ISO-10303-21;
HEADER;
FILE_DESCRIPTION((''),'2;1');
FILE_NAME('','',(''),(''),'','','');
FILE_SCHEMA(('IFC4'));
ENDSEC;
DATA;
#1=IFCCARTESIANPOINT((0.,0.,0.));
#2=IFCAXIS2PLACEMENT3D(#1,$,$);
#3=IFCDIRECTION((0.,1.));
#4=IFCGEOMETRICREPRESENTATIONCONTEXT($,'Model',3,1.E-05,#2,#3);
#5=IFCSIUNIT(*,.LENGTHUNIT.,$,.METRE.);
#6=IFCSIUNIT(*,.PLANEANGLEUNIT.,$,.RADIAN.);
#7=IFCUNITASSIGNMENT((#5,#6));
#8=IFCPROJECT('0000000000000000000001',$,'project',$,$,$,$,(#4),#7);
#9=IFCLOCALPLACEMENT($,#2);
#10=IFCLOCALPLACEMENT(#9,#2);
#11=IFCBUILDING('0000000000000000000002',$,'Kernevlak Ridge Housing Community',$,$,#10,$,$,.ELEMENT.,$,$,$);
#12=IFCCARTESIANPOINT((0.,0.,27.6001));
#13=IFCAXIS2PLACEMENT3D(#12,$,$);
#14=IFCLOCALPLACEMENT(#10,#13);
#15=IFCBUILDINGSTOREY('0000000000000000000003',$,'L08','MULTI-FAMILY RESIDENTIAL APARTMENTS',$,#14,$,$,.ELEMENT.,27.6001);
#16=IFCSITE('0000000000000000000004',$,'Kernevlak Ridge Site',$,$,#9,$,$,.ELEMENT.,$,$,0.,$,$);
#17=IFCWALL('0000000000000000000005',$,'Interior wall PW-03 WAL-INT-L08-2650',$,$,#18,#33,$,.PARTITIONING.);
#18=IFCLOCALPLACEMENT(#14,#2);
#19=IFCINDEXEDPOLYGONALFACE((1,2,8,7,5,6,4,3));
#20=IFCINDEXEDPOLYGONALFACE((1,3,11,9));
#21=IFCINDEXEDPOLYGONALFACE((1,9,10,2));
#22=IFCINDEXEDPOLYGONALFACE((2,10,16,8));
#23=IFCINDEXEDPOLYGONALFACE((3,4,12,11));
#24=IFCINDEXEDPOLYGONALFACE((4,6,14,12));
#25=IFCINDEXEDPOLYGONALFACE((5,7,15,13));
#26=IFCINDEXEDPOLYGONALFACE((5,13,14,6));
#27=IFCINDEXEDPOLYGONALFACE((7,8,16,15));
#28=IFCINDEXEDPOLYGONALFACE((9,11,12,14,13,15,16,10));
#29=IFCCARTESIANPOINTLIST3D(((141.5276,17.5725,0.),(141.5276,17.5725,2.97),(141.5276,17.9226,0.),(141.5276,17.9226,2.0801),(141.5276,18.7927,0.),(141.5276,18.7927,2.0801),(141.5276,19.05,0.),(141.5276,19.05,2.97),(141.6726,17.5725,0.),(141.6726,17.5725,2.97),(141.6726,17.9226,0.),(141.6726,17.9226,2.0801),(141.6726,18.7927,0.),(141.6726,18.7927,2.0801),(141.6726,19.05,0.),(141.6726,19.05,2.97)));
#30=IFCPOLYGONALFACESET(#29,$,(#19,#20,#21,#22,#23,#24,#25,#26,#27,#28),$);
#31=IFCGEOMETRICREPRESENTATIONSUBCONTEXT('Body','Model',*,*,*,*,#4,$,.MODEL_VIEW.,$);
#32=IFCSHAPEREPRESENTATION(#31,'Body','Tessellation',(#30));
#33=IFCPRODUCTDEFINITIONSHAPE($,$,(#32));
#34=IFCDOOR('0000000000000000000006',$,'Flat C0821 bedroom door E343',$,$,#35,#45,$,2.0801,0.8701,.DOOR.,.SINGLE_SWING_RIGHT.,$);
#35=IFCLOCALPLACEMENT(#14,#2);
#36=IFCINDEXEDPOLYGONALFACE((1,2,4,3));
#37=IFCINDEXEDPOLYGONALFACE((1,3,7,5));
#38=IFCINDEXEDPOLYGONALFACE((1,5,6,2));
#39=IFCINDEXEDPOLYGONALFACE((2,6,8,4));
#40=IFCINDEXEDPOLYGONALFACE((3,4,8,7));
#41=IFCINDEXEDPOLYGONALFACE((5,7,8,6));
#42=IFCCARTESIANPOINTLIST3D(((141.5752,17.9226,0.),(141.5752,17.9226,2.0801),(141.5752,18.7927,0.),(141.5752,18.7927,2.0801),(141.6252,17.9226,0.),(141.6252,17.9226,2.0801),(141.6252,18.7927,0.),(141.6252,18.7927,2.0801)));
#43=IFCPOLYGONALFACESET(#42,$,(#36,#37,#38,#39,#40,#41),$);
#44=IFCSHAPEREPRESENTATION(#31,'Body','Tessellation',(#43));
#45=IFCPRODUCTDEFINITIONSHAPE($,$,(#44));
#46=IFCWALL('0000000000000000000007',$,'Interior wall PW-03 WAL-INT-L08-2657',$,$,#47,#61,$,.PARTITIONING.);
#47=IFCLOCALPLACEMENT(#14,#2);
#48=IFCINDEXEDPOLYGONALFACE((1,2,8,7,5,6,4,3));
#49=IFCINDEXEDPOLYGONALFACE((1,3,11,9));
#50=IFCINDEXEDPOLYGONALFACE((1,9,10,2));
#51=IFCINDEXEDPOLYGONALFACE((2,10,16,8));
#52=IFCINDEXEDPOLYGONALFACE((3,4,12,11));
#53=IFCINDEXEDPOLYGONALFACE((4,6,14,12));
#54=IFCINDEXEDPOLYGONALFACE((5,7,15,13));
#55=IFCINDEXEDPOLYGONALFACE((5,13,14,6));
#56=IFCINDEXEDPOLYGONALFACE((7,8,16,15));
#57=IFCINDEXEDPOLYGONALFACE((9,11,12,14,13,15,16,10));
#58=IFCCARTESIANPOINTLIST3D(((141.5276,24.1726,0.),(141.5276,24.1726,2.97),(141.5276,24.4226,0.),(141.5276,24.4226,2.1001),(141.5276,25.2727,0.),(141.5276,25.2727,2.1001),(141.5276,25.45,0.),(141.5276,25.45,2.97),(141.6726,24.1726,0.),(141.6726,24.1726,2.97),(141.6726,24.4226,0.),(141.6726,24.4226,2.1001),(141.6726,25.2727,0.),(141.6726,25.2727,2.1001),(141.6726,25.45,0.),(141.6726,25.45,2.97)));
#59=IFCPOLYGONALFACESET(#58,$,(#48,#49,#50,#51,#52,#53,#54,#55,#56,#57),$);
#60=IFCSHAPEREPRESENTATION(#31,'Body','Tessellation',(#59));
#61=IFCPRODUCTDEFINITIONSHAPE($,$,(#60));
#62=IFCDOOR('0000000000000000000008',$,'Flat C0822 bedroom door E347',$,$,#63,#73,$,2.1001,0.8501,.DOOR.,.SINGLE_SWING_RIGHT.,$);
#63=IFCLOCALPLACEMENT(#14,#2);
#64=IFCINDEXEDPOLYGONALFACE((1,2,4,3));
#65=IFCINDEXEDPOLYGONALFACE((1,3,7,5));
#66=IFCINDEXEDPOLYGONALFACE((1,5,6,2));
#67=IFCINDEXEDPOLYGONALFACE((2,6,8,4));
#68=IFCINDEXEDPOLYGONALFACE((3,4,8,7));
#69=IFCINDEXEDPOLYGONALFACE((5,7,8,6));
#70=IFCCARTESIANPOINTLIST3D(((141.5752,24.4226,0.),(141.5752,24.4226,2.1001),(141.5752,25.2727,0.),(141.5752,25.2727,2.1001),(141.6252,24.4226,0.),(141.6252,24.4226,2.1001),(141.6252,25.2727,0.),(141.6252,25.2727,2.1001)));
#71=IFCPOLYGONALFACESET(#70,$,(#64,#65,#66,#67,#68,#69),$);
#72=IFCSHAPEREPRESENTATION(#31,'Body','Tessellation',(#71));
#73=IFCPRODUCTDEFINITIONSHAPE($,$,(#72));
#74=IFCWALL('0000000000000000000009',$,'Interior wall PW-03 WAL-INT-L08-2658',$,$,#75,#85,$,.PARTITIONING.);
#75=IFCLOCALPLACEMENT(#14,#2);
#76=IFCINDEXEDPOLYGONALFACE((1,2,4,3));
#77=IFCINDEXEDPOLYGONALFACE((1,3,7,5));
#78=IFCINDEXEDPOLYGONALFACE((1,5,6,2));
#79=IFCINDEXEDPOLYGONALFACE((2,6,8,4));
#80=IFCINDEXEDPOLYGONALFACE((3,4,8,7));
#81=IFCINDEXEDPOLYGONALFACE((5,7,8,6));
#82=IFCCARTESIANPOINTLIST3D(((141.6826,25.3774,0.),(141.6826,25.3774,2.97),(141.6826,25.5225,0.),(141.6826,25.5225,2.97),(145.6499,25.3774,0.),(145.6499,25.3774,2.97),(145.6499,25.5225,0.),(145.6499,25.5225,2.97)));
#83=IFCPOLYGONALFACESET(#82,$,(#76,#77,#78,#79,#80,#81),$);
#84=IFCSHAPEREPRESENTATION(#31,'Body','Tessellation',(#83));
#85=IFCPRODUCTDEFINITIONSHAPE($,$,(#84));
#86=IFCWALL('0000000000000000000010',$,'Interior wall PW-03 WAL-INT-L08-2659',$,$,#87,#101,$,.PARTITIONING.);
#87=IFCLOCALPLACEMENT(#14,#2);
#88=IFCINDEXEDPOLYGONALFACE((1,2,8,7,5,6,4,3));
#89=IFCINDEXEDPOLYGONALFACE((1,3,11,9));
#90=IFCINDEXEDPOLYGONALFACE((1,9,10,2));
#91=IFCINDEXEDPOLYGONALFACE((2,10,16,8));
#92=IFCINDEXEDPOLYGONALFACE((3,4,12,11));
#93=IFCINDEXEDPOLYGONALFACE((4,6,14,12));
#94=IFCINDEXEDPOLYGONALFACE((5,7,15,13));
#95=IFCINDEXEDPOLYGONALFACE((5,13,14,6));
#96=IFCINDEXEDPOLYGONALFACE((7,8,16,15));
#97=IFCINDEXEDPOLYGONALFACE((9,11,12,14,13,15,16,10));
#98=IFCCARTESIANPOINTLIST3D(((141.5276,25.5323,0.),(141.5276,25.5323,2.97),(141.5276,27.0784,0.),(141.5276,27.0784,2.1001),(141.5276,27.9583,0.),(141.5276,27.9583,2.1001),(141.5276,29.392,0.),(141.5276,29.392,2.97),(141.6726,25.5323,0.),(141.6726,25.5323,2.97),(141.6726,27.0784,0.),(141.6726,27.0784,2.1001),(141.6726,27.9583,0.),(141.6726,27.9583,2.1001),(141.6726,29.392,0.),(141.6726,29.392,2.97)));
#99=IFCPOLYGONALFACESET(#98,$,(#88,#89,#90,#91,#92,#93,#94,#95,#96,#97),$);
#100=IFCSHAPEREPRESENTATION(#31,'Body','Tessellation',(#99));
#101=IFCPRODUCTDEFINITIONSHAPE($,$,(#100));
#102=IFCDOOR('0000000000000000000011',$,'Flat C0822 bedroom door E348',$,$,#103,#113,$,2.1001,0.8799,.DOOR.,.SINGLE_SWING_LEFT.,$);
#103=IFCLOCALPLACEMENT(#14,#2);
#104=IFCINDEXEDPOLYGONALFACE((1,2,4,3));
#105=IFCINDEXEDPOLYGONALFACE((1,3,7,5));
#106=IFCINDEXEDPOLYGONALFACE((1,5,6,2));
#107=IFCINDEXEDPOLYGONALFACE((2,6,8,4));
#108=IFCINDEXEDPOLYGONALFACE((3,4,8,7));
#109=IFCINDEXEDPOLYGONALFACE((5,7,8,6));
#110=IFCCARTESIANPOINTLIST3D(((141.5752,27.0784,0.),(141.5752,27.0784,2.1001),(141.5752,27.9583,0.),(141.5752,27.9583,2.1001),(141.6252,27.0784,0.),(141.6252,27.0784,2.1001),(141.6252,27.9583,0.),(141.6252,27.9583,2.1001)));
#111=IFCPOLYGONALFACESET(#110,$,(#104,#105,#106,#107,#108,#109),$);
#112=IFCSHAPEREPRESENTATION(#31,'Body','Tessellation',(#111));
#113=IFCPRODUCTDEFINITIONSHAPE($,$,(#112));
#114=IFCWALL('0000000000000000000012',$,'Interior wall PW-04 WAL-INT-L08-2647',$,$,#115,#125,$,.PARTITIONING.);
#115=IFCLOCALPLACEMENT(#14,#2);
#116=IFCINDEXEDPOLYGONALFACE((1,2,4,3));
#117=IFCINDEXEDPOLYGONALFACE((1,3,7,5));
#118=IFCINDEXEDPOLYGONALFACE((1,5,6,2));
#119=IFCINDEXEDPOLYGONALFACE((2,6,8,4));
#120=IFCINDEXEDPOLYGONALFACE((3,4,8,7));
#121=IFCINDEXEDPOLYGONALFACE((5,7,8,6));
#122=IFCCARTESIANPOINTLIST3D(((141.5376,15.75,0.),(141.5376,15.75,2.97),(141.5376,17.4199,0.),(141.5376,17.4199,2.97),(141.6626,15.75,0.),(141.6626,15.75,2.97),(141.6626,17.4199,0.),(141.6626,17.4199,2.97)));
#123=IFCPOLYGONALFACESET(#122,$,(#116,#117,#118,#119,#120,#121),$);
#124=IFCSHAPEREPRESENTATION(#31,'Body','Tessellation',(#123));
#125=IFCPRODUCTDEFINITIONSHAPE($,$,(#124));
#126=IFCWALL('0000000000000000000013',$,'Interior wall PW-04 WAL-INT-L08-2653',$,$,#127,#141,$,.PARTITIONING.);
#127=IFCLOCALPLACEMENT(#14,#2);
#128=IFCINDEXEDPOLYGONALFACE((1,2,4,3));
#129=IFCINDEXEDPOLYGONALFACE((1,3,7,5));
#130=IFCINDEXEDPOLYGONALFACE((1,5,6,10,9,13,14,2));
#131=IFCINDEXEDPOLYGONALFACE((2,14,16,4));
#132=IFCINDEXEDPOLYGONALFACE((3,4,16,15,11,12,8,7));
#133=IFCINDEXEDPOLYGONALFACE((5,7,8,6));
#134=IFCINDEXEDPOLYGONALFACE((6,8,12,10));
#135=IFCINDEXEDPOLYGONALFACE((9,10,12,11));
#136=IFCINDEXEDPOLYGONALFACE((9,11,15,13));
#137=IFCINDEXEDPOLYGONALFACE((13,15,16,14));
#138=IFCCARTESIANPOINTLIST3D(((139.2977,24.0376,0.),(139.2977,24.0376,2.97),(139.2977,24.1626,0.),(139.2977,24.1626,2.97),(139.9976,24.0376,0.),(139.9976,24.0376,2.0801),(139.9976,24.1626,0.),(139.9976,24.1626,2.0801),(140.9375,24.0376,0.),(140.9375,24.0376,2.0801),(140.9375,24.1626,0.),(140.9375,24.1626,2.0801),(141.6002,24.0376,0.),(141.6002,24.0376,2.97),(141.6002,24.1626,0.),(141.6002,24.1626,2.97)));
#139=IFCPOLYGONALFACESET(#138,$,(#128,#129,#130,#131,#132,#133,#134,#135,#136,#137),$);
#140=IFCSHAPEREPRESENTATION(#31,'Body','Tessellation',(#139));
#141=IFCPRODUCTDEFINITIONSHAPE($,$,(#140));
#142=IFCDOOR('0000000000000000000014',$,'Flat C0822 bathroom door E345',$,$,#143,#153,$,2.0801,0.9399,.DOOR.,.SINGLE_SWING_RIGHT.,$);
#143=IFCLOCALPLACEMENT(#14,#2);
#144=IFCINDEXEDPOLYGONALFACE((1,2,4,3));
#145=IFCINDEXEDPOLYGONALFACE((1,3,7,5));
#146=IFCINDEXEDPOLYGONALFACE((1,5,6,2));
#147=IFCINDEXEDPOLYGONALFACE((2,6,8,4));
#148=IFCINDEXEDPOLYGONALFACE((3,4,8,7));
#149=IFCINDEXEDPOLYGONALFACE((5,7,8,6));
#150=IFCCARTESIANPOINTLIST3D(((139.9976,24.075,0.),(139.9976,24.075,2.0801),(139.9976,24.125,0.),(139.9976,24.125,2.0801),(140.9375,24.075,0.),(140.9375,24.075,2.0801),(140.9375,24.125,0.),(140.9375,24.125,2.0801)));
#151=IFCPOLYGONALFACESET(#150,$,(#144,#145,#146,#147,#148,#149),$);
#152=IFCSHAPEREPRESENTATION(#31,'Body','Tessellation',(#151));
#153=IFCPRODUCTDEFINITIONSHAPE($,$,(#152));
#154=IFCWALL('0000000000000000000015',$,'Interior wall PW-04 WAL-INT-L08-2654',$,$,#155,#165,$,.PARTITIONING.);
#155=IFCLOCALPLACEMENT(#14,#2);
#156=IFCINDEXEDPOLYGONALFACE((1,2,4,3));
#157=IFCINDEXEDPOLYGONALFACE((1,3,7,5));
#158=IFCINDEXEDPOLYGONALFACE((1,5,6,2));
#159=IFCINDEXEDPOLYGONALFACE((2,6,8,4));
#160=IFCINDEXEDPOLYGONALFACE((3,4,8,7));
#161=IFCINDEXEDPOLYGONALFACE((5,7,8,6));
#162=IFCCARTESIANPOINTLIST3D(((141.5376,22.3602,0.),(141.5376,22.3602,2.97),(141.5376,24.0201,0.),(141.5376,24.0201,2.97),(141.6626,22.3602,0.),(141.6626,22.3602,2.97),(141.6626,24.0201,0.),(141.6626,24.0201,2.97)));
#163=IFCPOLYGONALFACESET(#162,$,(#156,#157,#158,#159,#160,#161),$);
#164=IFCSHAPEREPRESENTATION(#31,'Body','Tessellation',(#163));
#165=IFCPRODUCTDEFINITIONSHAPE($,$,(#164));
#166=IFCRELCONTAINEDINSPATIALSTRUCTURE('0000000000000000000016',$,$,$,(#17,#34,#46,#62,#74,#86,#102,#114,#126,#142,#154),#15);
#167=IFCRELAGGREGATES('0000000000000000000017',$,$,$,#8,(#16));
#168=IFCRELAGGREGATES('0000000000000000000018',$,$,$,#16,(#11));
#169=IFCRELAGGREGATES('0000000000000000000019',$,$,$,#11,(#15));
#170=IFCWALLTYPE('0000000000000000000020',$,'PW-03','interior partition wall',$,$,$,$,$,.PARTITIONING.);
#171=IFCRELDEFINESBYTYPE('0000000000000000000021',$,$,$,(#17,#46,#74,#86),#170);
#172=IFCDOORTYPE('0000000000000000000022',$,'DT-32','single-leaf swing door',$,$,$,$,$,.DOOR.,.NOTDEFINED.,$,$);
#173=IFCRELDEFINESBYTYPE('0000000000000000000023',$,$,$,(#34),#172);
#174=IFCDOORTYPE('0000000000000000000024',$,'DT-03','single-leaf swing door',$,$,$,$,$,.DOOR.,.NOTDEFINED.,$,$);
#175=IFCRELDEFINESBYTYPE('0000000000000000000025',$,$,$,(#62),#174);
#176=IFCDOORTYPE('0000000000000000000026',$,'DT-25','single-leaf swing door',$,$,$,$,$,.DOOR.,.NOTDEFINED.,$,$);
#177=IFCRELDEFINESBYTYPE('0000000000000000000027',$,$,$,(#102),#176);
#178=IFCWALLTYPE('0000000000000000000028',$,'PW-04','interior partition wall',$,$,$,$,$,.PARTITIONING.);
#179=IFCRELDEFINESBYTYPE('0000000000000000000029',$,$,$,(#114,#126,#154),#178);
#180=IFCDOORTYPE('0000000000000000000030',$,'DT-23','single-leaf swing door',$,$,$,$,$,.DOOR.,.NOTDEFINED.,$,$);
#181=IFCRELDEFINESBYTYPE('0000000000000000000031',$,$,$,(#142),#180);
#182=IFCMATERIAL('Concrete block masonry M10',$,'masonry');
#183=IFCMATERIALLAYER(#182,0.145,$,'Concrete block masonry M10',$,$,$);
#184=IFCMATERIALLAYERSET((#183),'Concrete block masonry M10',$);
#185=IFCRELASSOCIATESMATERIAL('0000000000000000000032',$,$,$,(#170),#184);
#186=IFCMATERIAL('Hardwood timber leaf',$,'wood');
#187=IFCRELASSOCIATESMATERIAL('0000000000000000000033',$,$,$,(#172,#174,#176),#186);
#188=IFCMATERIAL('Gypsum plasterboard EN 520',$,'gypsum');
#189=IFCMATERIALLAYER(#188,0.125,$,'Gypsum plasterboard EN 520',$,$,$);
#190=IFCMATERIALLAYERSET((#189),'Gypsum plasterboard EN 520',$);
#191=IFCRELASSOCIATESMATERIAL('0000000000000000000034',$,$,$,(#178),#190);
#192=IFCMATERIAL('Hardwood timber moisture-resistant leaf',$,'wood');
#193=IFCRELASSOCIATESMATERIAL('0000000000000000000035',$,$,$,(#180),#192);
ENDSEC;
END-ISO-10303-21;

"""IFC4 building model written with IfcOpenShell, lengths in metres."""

from ifc_helpers import new_model, si_unit, direction, frame, frame_2d, origin, place, context, subcontext, project, spatial, rectangle, extrude, material, layer, layer_set, type_object, element, fill, save


model = new_model("IFC4")

# Units and contexts
model_context = context("Model", 3, precision=1e-05, world=origin(), true_north=direction((0.0, 1.0)))
body_context = subcontext(model_context, "Body", "Model", "MODEL_VIEW")
ifc_project = project(units=[si_unit("LENGTHUNIT", "METRE"), si_unit("PLANEANGLEUNIT", "RADIAN")], contexts=[model_context])

# Site, building, storey
site_placement = place(None, origin())
site = spatial("IfcSite", under=ifc_project, at=site_placement, Name="Kernevlak Ridge Site", CompositionType="ELEMENT", RefElevation=0.0)
building_placement = place(site_placement, origin())
building = spatial("IfcBuilding", under=site, at=building_placement, Name="Kernevlak Ridge Housing Community", CompositionType="ELEMENT")
storey_placement = place(building_placement, frame((0.0, 0.0, 27.6001)))
storey = spatial("IfcBuildingStorey", under=building, at=storey_placement, Name="L08", Description="MULTI-FAMILY RESIDENTIAL APARTMENTS", CompositionType="ELEMENT", Elevation=27.6001)

# Shared definitions
ifc_material_1 = material(Name="Concrete block masonry M10", Category="masonry")

# Walls, openings, doors
ifc_layer_1 = layer(ifc_material_1, 0.145, Name="Concrete block masonry M10")
ifc_layer_set_1 = layer_set([ifc_layer_1], Name="Concrete block masonry M10")
wall_type_1 = type_object("IfcWallType", Name="PW-03", Description="interior partition wall", PredefinedType="PARTITIONING", material=ifc_layer_set_1)
wall_1_placement = place(storey_placement, frame((141.6001, 17.5725, 0.0), z_axis=(0.0, 0.0, 1.0), x_axis=(0.0, 1.0, 0.0)))
wall_1 = element("IfcWall", 1, at=wall_1_placement, inside=storey, type_object=wall_type_1, Name="Interior wall PW-03 WAL-INT-L08-2650", PredefinedType="PARTITIONING", context=body_context, shape_type="SweptSolid", body=[
    extrude(rectangle(XDim=1.4775, YDim=0.145, at=frame_2d((0.7388, 0.0))), origin(), (0.0, 0.0, 1.0), 2.97),
])
opening_1_placement = place(wall_1_placement, frame((0.3501, 0.0, 0.0)))
opening_1 = element("IfcOpeningElement", 2, at=opening_1_placement, cuts=wall_1, PredefinedType="OPENING", context=body_context, shape_type="SweptSolid", body=[
    extrude(rectangle(XDim=0.8701, YDim=2.0801, at=frame_2d((0.4351, 1.04))), frame((0.0, 0.0825, 0.0), z_axis=(0.0, -1.0, 0.0), x_axis=(1.0, 0.0, 0.0)), (0.0, 0.0, 1.0), 0.165),
])
ifc_material_2 = material(Name="Hardwood timber leaf", Category="wood")
door_type_1 = type_object("IfcDoorType", Name="DT-32", Description="single-leaf swing door", OperationType="NOTDEFINED", PredefinedType="DOOR", material=ifc_material_2)
door_1_placement = place(opening_1_placement, origin())
door_1 = element("IfcDoor", 3, at=door_1_placement, inside=storey, type_object=door_type_1, Name="Flat C0821 bedroom door E343", OperationType="SINGLE_SWING_RIGHT", OverallHeight=2.0801, OverallWidth=0.8701, PredefinedType="DOOR", context=body_context, shape_type="SweptSolid", body=[
    extrude(rectangle(XDim=0.8701, YDim=2.0801, at=frame_2d((0.4351, 1.04))), frame((0.0, 0.0249, 0.0), z_axis=(0.0, -1.0, 0.0), x_axis=(1.0, 0.0, 0.0)), (0.0, 0.0, 1.0), 0.05),
])
fill(opening_1, door_1)
wall_2_placement = place(storey_placement, frame((141.6001, 24.1726, 0.0), z_axis=(0.0, 0.0, 1.0), x_axis=(0.0, 1.0, 0.0)))
wall_2 = element("IfcWall", 4, at=wall_2_placement, inside=storey, type_object=wall_type_1, Name="Interior wall PW-03 WAL-INT-L08-2657", PredefinedType="PARTITIONING", context=body_context, shape_type="SweptSolid", body=[
    extrude(rectangle(XDim=1.2773, YDim=0.145, at=frame_2d((0.6387, 0.0))), origin(), (0.0, 0.0, 1.0), 2.97),
])
opening_2_placement = place(wall_2_placement, frame((0.25, 0.0, 0.0)))
opening_2 = element("IfcOpeningElement", 5, at=opening_2_placement, cuts=wall_2, PredefinedType="OPENING", context=body_context, shape_type="SweptSolid", body=[
    extrude(rectangle(XDim=0.8501, YDim=2.1001, at=frame_2d((0.425, 1.05))), frame((0.0, 0.0825, 0.0), z_axis=(0.0, -1.0, 0.0), x_axis=(1.0, 0.0, 0.0)), (0.0, 0.0, 1.0), 0.165),
])
door_type_2 = type_object("IfcDoorType", Name="DT-03", Description="single-leaf swing door", OperationType="NOTDEFINED", PredefinedType="DOOR", material=ifc_material_2)
door_2_placement = place(opening_2_placement, origin())
door_2 = element("IfcDoor", 6, at=door_2_placement, inside=storey, type_object=door_type_2, Name="Flat C0822 bedroom door E347", OperationType="SINGLE_SWING_RIGHT", OverallHeight=2.1001, OverallWidth=0.8501, PredefinedType="DOOR", context=body_context, shape_type="SweptSolid", body=[
    extrude(rectangle(XDim=0.8501, YDim=2.1001, at=frame_2d((0.425, 1.05))), frame((0.0, 0.0249, 0.0), z_axis=(0.0, -1.0, 0.0), x_axis=(1.0, 0.0, 0.0)), (0.0, 0.0, 1.0), 0.05),
])
fill(opening_2, door_2)

# Wall
wall_3_placement = place(storey_placement, frame((141.6826, 25.45, 0.0), z_axis=(0.0, 0.0, 1.0), x_axis=(1.0, 0.0, 0.0)))
element("IfcWall", 7, at=wall_3_placement, inside=storey, type_object=wall_type_1, Name="Interior wall PW-03 WAL-INT-L08-2658", PredefinedType="PARTITIONING", context=body_context, shape_type="SweptSolid", body=[
    extrude(rectangle(XDim=3.9673, YDim=0.145, at=frame_2d((1.9836, 0.0))), origin(), (0.0, 0.0, 1.0), 2.97),
])

# Wall, opening, door
wall_4_placement = place(storey_placement, frame((141.6001, 25.5325, 0.0), z_axis=(0.0, 0.0, 1.0), x_axis=(0.0, 1.0, 0.0)))
wall_4 = element("IfcWall", 8, at=wall_4_placement, inside=storey, type_object=wall_type_1, Name="Interior wall PW-03 WAL-INT-L08-2659", PredefinedType="PARTITIONING", context=body_context, shape_type="SweptSolid", body=[
    extrude(rectangle(XDim=3.8596, YDim=0.145, at=frame_2d((1.9297, 0.0))), origin(), (0.0, 0.0, 1.0), 2.97),
])
opening_3_placement = place(wall_4_placement, frame((1.5459, 0.0, 0.0)))
opening_3 = element("IfcOpeningElement", 9, at=opening_3_placement, cuts=wall_4, PredefinedType="OPENING", context=body_context, shape_type="SweptSolid", body=[
    extrude(rectangle(XDim=0.8799, YDim=2.1001, at=frame_2d((0.4399, 1.05))), frame((0.0, 0.0825, 0.0), z_axis=(0.0, -1.0, 0.0), x_axis=(1.0, 0.0, 0.0)), (0.0, 0.0, 1.0), 0.165),
])
door_type_3 = type_object("IfcDoorType", Name="DT-25", Description="single-leaf swing door", OperationType="NOTDEFINED", PredefinedType="DOOR", material=ifc_material_2)
door_3_placement = place(opening_3_placement, origin())
door_3 = element("IfcDoor", 10, at=door_3_placement, inside=storey, type_object=door_type_3, Name="Flat C0822 bedroom door E348", OperationType="SINGLE_SWING_LEFT", OverallHeight=2.1001, OverallWidth=0.8799, PredefinedType="DOOR", context=body_context, shape_type="SweptSolid", body=[
    extrude(rectangle(XDim=0.8799, YDim=2.1001, at=frame_2d((0.4399, 1.05))), frame((0.0, 0.0249, 0.0), z_axis=(0.0, -1.0, 0.0), x_axis=(1.0, 0.0, 0.0)), (0.0, 0.0, 1.0), 0.05),
])
fill(opening_3, door_3)

# Wall
ifc_material_3 = material(Name="Gypsum plasterboard EN 520", Category="gypsum")
ifc_layer_2 = layer(ifc_material_3, 0.125, Name="Gypsum plasterboard EN 520")
ifc_layer_set_2 = layer_set([ifc_layer_2], Name="Gypsum plasterboard EN 520")
wall_type_2 = type_object("IfcWallType", Name="PW-04", Description="interior partition wall", PredefinedType="PARTITIONING", material=ifc_layer_set_2)
wall_5_placement = place(storey_placement, frame((141.6001, 15.75, 0.0), z_axis=(0.0, 0.0, 1.0), x_axis=(0.0, 1.0, 0.0)))
element("IfcWall", 11, at=wall_5_placement, inside=storey, type_object=wall_type_2, Name="Interior wall PW-04 WAL-INT-L08-2647", PredefinedType="PARTITIONING", context=body_context, shape_type="SweptSolid", body=[
    extrude(rectangle(XDim=1.6699, YDim=0.125, at=frame_2d((0.835, 0.0))), origin(), (0.0, 0.0, 1.0), 2.97),
])

# Wall, opening, door
wall_6_placement = place(storey_placement, frame((139.2976, 24.1001, 0.0), z_axis=(0.0, 0.0, 1.0), x_axis=(1.0, 0.0, 0.0)))
wall_6 = element("IfcWall", 12, at=wall_6_placement, inside=storey, type_object=wall_type_2, Name="Interior wall PW-04 WAL-INT-L08-2653", PredefinedType="PARTITIONING", context=body_context, shape_type="SweptSolid", body=[
    extrude(rectangle(XDim=2.3025, YDim=0.125, at=frame_2d((1.1514, 0.0))), origin(), (0.0, 0.0, 1.0), 2.97),
])
opening_4_placement = place(wall_6_placement, frame((0.7, 0.0, 0.0)))
opening_4 = element("IfcOpeningElement", 13, at=opening_4_placement, cuts=wall_6, PredefinedType="OPENING", context=body_context, shape_type="SweptSolid", body=[
    extrude(rectangle(XDim=0.9399, YDim=2.0801, at=frame_2d((0.47, 1.04))), frame((0.0, 0.0725, 0.0), z_axis=(0.0, -1.0, 0.0), x_axis=(1.0, 0.0, 0.0)), (0.0, 0.0, 1.0), 0.145),
])
ifc_material_4 = material(Name="Hardwood timber moisture-resistant leaf", Category="wood")
door_type_4 = type_object("IfcDoorType", Name="DT-23", Description="single-leaf swing door", OperationType="NOTDEFINED", PredefinedType="DOOR", material=ifc_material_4)
door_4_placement = place(opening_4_placement, origin())
door_4 = element("IfcDoor", 14, at=door_4_placement, inside=storey, type_object=door_type_4, Name="Flat C0822 bathroom door E345", OperationType="SINGLE_SWING_RIGHT", OverallHeight=2.0801, OverallWidth=0.9399, PredefinedType="DOOR", context=body_context, shape_type="SweptSolid", body=[
    extrude(rectangle(XDim=0.9399, YDim=2.0801, at=frame_2d((0.47, 1.04))), frame((0.0, 0.0249, 0.0), z_axis=(0.0, -1.0, 0.0), x_axis=(1.0, 0.0, 0.0)), (0.0, 0.0, 1.0), 0.05),
])
fill(opening_4, door_4)

# Wall
wall_7_placement = place(storey_placement, frame((141.6001, 22.3601, 0.0), z_axis=(0.0, 0.0, 1.0), x_axis=(0.0, 1.0, 0.0)))
element("IfcWall", 15, at=wall_7_placement, inside=storey, type_object=wall_type_2, Name="Interior wall PW-04 WAL-INT-L08-2654", PredefinedType="PARTITIONING", context=body_context, shape_type="SweptSolid", body=[
    extrude(rectangle(XDim=1.6599, YDim=0.125, at=frame_2d((0.8301, 0.0))), origin(), (0.0, 0.0, 1.0), 2.97),
])

save(model, "model.ifc")
